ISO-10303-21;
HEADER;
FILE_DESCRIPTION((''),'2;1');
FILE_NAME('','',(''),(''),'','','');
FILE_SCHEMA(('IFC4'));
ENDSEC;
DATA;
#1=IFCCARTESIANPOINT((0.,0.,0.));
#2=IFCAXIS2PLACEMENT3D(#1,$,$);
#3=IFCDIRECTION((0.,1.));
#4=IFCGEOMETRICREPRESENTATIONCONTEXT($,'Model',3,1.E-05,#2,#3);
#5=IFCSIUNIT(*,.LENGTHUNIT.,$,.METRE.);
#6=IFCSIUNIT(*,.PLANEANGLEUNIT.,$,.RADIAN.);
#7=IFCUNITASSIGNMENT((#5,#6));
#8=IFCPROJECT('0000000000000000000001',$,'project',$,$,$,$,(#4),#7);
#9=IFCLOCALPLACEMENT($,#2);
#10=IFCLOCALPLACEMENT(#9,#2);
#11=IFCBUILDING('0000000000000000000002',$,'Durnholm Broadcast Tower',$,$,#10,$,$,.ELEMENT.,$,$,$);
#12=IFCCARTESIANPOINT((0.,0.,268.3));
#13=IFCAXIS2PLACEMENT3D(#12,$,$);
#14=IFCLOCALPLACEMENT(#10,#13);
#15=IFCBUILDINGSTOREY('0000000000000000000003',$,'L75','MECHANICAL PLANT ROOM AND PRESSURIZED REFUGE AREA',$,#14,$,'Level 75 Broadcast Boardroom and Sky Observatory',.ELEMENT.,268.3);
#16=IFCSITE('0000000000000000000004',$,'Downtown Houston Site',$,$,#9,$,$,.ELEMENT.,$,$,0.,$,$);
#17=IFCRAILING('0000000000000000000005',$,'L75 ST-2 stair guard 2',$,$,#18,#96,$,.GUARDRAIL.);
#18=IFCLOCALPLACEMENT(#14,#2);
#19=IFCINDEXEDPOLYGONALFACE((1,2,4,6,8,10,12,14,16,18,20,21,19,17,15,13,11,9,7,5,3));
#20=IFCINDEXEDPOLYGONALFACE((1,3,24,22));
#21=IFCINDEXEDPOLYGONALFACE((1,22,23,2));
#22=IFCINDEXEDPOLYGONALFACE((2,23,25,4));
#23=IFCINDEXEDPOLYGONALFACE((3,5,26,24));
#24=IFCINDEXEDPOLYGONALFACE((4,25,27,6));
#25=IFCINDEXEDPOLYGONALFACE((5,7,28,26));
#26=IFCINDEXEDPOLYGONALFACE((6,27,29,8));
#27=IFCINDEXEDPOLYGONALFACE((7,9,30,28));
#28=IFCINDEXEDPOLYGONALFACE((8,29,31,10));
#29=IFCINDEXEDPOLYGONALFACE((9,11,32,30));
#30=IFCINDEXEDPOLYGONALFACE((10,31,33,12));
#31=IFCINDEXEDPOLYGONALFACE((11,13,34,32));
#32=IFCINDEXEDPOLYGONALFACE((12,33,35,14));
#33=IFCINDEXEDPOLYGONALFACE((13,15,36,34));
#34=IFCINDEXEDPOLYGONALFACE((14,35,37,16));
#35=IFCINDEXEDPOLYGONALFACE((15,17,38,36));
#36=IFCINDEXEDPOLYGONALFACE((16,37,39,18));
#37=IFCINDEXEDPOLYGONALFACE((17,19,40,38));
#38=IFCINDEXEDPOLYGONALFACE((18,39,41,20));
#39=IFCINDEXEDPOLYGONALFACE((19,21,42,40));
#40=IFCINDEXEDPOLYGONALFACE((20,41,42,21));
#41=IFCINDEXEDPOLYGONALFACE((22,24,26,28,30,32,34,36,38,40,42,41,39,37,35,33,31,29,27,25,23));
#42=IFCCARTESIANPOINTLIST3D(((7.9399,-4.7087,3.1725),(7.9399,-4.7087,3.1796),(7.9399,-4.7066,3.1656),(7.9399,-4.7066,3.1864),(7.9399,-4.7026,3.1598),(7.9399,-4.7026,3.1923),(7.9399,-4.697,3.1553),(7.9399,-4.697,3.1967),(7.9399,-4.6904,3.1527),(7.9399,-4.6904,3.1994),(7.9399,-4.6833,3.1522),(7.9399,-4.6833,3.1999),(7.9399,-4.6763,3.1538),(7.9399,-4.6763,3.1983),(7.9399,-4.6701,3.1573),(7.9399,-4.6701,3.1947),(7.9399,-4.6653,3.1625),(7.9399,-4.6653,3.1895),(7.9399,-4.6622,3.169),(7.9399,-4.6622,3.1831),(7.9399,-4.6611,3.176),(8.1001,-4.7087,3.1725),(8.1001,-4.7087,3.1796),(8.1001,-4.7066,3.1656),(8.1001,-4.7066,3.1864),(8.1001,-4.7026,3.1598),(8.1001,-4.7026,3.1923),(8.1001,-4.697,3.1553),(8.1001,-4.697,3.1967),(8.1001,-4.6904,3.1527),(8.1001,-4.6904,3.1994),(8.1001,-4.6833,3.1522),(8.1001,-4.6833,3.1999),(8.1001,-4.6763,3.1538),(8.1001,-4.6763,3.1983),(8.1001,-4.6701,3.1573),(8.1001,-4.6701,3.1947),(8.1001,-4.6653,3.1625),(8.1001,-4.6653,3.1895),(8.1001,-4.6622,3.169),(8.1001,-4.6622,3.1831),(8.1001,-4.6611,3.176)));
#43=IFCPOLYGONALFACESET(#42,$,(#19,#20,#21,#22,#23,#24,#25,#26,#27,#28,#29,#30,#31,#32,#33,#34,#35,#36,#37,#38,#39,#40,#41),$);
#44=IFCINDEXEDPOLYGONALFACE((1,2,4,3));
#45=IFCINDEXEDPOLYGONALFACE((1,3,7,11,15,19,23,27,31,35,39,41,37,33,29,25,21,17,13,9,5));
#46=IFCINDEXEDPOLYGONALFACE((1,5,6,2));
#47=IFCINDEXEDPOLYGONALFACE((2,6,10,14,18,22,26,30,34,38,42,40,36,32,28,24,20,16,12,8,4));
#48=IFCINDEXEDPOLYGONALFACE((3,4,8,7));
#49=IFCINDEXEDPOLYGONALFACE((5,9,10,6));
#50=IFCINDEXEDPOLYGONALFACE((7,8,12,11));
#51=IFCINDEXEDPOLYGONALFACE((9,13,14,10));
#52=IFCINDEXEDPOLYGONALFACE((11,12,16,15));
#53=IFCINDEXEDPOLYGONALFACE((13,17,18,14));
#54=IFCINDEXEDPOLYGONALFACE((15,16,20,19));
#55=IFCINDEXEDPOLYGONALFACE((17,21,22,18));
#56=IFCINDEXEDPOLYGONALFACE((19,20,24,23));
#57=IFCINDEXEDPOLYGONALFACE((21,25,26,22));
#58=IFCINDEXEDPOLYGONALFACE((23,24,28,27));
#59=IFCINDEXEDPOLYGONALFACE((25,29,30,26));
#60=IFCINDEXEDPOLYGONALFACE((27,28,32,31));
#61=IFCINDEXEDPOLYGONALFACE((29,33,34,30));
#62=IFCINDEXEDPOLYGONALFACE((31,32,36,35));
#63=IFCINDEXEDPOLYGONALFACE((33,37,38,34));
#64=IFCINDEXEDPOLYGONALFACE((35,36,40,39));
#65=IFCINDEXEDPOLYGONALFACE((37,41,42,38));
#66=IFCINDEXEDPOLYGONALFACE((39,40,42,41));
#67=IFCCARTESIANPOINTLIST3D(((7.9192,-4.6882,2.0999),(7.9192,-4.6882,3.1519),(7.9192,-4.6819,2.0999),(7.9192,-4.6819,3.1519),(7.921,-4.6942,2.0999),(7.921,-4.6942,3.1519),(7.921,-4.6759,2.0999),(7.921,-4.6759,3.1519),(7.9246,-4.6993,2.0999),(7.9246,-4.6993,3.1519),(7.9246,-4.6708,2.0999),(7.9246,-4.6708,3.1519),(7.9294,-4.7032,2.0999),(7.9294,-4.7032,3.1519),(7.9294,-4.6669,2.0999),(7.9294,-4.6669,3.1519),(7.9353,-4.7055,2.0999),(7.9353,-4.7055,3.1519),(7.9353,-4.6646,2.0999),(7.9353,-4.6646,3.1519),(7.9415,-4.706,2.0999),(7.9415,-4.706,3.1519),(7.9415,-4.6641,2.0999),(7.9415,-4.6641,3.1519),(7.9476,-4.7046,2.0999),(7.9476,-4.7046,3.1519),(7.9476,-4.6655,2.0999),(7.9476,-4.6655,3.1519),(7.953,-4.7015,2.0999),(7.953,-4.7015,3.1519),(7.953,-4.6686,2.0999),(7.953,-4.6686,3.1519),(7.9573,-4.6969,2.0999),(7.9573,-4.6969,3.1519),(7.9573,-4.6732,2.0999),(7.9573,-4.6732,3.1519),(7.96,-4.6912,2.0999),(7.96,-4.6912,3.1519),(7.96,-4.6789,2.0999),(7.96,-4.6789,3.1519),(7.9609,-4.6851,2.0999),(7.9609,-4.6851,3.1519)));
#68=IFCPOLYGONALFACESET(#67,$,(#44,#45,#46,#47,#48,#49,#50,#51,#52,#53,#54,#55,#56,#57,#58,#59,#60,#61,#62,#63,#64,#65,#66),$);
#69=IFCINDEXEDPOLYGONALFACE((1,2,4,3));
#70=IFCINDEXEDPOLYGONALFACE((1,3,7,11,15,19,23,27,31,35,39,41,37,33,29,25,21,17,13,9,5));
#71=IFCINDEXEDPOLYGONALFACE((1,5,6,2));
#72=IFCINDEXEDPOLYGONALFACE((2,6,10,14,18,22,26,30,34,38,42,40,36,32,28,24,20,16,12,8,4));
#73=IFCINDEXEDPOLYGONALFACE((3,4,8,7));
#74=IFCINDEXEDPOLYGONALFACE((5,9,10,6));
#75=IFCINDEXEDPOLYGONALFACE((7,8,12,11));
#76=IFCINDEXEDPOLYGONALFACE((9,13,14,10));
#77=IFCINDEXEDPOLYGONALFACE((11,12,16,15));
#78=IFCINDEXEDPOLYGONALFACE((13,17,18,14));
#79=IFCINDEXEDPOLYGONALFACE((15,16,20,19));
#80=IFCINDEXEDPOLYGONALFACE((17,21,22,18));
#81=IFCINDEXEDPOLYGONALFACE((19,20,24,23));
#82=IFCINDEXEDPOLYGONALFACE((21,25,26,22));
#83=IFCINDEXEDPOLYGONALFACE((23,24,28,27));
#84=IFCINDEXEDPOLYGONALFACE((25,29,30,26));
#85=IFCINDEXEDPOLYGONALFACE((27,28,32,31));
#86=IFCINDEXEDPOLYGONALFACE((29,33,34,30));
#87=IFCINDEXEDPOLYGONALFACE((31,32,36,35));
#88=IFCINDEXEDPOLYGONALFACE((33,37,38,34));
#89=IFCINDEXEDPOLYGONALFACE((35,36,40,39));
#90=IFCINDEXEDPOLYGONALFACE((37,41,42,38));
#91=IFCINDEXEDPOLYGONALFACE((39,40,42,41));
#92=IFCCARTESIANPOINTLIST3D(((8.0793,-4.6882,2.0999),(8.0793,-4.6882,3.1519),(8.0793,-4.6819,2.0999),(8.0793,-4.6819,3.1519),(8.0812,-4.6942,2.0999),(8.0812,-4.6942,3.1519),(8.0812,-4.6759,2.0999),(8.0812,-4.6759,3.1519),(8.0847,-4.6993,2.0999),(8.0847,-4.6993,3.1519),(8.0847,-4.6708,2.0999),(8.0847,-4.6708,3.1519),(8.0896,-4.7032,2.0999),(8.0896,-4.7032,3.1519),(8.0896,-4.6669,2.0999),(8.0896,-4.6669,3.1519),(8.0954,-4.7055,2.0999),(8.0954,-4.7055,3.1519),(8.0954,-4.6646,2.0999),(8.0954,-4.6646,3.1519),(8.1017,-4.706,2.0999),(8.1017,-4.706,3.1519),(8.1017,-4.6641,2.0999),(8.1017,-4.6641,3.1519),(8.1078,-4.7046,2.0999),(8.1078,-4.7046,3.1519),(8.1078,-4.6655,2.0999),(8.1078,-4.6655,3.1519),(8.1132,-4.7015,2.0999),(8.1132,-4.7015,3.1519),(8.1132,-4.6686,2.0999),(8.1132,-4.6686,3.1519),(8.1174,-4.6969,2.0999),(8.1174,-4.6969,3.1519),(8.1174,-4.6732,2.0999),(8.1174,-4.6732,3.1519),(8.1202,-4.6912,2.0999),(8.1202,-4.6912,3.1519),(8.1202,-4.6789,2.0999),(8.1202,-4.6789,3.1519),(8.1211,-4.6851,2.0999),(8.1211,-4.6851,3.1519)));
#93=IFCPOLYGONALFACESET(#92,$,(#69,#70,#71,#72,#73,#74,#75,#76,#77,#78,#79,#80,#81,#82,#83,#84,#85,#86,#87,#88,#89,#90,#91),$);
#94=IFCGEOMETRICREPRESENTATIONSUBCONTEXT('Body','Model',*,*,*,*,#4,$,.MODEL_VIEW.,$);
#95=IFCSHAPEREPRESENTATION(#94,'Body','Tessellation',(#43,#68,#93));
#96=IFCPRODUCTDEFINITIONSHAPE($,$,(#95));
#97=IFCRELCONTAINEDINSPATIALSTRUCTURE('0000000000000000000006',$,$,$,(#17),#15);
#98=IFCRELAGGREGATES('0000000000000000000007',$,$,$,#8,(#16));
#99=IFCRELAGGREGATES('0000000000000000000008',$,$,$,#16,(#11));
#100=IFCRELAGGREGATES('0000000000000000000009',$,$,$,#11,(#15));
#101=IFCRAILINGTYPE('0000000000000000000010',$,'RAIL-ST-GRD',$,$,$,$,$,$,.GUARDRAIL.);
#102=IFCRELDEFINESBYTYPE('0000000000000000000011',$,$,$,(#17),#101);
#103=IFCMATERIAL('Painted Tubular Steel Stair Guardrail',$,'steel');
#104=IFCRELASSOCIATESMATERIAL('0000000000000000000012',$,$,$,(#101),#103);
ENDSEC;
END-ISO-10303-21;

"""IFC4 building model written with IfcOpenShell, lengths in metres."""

from ifc_helpers import new_model, si_unit, direction, frame, origin, origin_2d, place, context, subcontext, project, spatial, circle, extrude, material, type_object, element, save


model = new_model("IFC4")

# Units and contexts
model_context = context("Model", 3, precision=1e-05, world=origin(), true_north=direction((0.0, 1.0)))
body_context = subcontext(model_context, "Body", "Model", "MODEL_VIEW")
ifc_project = project(units=[si_unit("LENGTHUNIT", "METRE"), si_unit("PLANEANGLEUNIT", "RADIAN")], contexts=[model_context])

# Site, building, storey
site_placement = place(None, origin())
site = spatial("IfcSite", under=ifc_project, at=site_placement, Name="Downtown Houston Site", CompositionType="ELEMENT", RefElevation=0.0)
building_placement = place(site_placement, origin())
building = spatial("IfcBuilding", under=site, at=building_placement, Name="Durnholm Broadcast Tower", CompositionType="ELEMENT")
storey_placement = place(building_placement, frame((0.0, 0.0, 268.3)))
storey = spatial("IfcBuildingStorey", under=building, at=storey_placement, Name="L75", Description="MECHANICAL PLANT ROOM AND PRESSURIZED REFUGE AREA", LongName="Level 75 Broadcast Boardroom and Sky Observatory", CompositionType="ELEMENT", Elevation=268.3)

# Railing
ifc_material_1 = material(Name="Painted Tubular Steel Stair Guardrail", Category="steel")
railing_type_1 = type_object("IfcRailingType", Name="RAIL-ST-GRD", PredefinedType="GUARDRAIL", material=ifc_material_1)
railing_1_placement = place(storey_placement, frame((7.9399, -4.6851, 2.0999)))
element("IfcRailing", 1, at=railing_1_placement, inside=storey, type_object=railing_type_1, Name="L75 ST-2 stair guard 2", PredefinedType="GUARDRAIL", context=body_context, shape_type="SweptSolid", body=[
    extrude(circle(Radius=0.0239, at=origin_2d()), frame((0.0, 0.0, 1.0762), z_axis=(1.0, 0.0, 0.0), x_axis=(0.0, 1.0, 0.0)), (0.0, 0.0, 1.0), 0.1602),
    extrude(circle(Radius=0.021, at=origin_2d()), origin(), (0.0, 0.0, 1.0), 1.052),
    extrude(circle(Radius=0.021, at=origin_2d()), frame((0.1602, 0.0, 0.0)), (0.0, 0.0, 1.0), 1.052),
])

save(model, "model.ifc")
